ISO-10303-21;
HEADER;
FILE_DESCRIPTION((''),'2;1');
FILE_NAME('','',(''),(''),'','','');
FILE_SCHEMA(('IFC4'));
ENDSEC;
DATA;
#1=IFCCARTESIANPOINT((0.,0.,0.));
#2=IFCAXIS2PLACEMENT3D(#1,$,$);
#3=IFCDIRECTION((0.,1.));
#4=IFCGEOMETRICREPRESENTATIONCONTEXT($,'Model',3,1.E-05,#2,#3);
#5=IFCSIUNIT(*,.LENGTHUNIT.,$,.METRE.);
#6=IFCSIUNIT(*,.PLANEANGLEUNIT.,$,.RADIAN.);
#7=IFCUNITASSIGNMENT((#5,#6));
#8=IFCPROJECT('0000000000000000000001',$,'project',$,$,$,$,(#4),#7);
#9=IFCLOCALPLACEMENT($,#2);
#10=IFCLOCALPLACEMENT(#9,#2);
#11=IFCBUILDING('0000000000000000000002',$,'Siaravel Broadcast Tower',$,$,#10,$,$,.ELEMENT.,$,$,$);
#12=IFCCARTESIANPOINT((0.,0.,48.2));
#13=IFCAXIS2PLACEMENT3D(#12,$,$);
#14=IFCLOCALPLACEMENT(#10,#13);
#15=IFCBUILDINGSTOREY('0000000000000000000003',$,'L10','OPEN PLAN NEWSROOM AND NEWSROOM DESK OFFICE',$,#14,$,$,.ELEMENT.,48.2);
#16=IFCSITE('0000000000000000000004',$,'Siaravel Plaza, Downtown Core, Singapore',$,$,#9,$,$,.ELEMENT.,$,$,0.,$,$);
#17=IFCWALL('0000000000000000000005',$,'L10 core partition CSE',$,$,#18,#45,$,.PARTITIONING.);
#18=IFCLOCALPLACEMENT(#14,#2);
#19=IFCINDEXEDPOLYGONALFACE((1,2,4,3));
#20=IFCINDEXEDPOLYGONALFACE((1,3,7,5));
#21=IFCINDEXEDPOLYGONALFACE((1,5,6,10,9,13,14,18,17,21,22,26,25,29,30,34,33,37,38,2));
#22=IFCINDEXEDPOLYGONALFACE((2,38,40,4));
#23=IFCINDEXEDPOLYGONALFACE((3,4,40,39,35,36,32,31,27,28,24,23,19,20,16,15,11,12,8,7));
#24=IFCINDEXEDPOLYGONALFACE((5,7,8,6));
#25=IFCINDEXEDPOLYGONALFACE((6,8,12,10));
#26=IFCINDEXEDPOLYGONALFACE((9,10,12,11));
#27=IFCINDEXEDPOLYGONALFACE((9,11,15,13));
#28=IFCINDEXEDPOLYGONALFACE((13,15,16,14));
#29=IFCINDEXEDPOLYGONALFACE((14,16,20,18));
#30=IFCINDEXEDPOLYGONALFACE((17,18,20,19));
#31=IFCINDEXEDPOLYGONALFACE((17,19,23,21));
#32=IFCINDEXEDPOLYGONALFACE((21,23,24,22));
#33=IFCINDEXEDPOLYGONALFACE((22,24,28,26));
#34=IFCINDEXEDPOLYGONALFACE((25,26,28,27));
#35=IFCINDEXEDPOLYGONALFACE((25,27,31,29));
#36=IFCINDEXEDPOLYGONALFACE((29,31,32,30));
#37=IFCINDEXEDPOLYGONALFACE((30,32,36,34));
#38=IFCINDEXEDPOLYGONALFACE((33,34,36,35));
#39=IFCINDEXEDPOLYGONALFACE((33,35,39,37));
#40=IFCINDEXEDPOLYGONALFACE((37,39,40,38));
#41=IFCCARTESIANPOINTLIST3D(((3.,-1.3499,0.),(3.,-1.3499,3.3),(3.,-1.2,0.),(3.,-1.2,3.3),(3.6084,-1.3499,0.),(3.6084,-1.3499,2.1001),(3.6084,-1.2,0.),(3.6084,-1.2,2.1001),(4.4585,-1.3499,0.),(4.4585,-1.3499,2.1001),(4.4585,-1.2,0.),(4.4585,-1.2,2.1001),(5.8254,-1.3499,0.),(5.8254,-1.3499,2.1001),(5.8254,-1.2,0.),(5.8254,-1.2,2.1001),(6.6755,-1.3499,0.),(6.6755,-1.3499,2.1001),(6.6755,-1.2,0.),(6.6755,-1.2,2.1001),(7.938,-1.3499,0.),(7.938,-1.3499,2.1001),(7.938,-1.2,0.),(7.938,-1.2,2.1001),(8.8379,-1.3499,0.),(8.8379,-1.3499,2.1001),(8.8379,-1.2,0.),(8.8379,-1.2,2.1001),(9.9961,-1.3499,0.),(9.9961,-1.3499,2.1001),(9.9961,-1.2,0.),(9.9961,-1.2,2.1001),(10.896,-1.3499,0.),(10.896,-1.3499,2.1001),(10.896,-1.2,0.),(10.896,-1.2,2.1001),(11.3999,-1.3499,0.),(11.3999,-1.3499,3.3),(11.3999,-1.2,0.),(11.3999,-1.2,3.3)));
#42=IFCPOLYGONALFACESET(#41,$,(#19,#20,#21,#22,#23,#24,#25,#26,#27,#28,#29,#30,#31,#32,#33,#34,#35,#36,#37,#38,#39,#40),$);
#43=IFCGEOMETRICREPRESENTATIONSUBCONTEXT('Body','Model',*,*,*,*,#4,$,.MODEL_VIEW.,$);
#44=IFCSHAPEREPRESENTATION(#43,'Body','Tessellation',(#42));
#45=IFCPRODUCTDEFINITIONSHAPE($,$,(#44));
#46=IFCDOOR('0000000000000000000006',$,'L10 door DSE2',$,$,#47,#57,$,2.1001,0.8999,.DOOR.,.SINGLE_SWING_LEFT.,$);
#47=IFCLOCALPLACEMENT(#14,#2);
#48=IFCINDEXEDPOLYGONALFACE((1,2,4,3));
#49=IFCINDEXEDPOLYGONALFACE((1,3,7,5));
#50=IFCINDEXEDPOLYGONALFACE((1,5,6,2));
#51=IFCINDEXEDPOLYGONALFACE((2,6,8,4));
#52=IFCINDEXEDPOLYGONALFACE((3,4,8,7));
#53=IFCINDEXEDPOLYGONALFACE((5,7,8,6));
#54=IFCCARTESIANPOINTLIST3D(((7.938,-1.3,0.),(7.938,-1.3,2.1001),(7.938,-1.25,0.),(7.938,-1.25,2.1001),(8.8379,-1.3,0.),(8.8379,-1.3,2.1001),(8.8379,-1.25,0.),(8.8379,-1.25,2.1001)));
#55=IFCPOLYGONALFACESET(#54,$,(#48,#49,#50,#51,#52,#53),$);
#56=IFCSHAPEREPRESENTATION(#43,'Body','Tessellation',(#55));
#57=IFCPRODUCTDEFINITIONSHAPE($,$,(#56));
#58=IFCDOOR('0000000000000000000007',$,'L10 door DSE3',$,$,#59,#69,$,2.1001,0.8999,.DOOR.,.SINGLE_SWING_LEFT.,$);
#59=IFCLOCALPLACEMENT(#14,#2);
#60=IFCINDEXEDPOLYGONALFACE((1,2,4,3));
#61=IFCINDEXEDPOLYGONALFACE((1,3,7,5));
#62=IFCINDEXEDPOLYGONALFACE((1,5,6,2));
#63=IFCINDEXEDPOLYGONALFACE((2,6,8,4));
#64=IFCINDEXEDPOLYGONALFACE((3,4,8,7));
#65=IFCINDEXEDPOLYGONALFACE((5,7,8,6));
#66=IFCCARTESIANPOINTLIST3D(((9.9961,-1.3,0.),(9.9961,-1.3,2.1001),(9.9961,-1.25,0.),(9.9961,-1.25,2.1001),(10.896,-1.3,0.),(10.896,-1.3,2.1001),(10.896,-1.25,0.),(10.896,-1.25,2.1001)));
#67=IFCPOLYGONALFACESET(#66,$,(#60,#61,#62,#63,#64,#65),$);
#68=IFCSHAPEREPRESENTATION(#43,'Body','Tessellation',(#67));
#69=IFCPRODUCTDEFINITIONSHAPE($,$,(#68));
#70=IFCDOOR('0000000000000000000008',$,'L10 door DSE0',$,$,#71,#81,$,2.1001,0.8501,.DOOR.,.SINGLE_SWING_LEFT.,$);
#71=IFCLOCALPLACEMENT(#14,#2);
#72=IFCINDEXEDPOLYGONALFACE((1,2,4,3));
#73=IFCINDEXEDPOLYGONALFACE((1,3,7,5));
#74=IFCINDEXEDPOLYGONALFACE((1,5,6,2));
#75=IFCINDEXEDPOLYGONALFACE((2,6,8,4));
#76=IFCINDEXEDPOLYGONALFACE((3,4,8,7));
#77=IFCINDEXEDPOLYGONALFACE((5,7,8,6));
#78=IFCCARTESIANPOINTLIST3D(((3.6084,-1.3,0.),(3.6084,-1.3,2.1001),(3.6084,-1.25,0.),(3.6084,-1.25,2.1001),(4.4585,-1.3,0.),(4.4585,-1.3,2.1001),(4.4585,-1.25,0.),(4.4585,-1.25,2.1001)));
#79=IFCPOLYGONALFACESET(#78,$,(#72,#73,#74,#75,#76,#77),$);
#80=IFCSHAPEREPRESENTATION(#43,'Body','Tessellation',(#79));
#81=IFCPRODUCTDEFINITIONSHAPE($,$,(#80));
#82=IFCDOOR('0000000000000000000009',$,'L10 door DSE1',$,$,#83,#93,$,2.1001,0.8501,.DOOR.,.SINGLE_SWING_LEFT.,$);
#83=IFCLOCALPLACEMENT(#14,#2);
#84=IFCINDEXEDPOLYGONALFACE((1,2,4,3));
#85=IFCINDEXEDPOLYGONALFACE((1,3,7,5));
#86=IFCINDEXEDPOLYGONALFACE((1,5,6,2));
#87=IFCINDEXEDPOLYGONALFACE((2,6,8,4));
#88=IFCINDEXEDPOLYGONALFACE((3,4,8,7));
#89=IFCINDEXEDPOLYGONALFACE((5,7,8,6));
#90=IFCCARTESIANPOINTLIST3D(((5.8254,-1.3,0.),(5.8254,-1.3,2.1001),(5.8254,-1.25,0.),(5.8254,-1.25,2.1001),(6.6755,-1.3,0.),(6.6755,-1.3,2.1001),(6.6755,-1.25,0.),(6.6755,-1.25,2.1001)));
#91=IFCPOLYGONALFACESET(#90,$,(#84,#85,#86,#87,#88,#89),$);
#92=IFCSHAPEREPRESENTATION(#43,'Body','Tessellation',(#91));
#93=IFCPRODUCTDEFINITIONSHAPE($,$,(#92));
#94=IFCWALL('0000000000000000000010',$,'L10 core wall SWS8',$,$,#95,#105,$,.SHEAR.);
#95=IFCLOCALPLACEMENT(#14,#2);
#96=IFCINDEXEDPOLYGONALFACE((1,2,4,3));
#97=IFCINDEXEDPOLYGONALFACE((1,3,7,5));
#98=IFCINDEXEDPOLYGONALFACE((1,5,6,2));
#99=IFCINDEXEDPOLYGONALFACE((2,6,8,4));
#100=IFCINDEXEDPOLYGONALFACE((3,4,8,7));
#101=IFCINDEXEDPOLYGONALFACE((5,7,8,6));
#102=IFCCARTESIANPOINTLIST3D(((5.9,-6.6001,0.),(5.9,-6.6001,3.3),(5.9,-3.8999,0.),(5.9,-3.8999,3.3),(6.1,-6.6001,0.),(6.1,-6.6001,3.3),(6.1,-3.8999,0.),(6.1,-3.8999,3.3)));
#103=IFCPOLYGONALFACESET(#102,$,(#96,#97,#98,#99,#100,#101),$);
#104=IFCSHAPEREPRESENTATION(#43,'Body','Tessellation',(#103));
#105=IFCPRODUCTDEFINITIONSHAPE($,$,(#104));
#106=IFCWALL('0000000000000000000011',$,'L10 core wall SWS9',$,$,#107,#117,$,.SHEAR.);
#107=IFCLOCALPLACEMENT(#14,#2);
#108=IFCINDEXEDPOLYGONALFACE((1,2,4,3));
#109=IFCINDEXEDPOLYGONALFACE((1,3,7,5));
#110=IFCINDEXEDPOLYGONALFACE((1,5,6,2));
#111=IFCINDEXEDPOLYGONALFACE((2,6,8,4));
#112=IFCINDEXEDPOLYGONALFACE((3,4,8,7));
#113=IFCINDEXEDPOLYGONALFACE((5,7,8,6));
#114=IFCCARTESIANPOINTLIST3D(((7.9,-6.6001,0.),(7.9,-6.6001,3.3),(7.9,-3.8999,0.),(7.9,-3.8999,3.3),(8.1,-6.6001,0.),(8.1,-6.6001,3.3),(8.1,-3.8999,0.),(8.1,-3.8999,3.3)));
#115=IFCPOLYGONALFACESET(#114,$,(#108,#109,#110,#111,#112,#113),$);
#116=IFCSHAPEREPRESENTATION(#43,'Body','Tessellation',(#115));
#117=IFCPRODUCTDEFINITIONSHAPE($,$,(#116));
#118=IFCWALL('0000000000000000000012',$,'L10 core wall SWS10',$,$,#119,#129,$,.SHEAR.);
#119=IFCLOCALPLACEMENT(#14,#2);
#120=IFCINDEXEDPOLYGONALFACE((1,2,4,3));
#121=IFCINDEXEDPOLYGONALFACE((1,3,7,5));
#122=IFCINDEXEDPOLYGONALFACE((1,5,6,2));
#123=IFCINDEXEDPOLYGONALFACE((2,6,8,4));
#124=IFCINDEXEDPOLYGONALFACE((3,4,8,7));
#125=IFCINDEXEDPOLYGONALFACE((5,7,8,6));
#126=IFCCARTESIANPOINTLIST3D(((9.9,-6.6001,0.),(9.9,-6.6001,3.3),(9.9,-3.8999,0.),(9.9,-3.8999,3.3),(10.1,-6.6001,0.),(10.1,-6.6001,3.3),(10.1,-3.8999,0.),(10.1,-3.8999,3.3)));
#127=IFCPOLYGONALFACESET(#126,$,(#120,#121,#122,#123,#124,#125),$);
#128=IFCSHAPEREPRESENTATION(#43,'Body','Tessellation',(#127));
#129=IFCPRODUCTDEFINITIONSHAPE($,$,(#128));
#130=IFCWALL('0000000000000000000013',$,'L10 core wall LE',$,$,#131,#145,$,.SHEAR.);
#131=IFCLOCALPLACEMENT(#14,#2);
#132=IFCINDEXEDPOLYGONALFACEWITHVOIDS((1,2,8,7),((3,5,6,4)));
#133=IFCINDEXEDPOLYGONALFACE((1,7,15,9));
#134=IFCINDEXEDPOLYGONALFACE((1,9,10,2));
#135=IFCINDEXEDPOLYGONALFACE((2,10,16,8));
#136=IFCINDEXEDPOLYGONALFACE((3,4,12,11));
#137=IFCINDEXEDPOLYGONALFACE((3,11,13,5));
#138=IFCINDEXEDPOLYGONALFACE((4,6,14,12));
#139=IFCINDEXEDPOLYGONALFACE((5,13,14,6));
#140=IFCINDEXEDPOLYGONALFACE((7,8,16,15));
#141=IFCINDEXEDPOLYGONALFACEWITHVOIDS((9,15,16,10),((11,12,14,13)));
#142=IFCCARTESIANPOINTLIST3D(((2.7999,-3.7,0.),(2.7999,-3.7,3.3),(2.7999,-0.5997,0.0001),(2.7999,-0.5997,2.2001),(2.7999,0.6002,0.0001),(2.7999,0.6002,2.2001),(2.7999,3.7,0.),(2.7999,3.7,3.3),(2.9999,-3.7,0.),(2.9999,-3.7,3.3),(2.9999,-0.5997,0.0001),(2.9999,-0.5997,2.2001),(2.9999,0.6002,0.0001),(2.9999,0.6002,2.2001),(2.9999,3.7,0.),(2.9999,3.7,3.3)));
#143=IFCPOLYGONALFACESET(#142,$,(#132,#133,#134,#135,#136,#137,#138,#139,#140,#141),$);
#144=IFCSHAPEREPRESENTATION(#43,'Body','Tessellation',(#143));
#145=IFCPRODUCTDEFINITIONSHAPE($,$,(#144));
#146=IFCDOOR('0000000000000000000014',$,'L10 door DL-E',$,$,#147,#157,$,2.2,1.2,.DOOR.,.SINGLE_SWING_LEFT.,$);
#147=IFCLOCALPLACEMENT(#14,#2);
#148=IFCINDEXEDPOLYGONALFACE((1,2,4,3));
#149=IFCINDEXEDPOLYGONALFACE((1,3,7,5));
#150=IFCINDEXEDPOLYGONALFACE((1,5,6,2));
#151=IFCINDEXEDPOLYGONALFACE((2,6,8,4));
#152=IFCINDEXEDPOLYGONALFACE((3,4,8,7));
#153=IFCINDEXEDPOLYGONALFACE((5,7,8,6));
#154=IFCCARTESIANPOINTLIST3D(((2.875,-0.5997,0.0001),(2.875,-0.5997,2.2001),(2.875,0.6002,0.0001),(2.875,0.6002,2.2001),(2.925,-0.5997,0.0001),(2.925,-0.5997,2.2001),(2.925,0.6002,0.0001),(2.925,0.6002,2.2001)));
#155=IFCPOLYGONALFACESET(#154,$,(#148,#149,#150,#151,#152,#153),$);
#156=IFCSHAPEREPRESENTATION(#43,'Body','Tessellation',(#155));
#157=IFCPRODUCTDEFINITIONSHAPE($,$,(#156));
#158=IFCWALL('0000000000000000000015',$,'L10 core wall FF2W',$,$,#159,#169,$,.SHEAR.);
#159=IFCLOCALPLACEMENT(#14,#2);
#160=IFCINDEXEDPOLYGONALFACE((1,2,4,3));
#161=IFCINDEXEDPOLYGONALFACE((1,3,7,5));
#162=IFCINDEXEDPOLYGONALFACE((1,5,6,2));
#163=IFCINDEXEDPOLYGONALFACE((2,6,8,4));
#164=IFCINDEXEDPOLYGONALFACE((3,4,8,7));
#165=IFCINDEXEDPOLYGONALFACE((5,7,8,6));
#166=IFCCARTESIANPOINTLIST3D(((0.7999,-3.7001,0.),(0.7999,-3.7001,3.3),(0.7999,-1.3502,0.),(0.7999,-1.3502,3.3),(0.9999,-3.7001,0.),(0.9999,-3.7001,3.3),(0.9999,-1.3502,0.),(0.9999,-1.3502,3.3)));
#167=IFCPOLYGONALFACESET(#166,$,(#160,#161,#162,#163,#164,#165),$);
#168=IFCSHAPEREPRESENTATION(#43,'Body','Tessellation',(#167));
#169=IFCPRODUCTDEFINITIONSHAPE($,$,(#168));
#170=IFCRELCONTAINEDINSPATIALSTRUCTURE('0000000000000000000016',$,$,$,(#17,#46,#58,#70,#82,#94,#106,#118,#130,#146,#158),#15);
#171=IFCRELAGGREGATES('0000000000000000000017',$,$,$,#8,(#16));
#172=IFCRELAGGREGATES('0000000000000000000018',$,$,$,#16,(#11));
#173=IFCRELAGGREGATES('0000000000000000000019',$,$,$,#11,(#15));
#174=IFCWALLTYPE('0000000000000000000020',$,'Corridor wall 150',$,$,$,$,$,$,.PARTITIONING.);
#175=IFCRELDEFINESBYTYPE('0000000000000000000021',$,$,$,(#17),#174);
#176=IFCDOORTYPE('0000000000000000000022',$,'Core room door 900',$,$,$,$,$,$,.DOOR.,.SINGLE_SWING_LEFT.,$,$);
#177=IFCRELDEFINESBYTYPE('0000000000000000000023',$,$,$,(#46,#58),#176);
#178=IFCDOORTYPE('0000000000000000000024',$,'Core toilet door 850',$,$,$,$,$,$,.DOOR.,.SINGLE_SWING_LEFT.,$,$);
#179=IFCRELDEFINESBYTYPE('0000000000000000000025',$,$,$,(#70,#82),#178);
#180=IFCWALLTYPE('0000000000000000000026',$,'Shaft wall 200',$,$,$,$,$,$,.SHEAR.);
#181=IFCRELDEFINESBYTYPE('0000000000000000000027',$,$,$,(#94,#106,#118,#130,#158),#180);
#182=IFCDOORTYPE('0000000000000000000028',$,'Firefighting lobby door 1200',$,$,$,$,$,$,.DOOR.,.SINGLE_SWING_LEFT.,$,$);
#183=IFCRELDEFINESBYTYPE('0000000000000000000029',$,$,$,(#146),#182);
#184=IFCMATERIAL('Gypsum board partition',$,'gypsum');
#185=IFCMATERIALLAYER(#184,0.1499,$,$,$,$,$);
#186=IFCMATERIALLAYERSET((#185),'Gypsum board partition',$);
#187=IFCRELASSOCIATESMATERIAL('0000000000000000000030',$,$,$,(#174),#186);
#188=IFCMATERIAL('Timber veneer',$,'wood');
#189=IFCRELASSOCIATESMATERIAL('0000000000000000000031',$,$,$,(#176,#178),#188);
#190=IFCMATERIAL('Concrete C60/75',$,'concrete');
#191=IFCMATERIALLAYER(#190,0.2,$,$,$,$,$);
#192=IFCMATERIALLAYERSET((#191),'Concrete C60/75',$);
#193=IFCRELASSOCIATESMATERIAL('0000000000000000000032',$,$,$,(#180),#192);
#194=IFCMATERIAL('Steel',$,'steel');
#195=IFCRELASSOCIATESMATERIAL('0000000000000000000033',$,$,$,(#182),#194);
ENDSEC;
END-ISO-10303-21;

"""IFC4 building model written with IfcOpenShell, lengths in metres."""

from ifc_helpers import new_model, si_unit, direction, frame, frame_2d, origin, place, context, subcontext, project, spatial, rectangle, extrude, material, layer, layer_set, type_object, element, fill, save


model = new_model("IFC4")

# Units and contexts
model_context = context("Model", 3, precision=1e-05, world=origin(), true_north=direction((0.0, 1.0)))
body_context = subcontext(model_context, "Body", "Model", "MODEL_VIEW")
ifc_project = project(units=[si_unit("LENGTHUNIT", "METRE"), si_unit("PLANEANGLEUNIT", "RADIAN")], contexts=[model_context])

# Site, building, storey
site_placement = place(None, origin())
site = spatial("IfcSite", under=ifc_project, at=site_placement, Name="Siaravel Plaza, Downtown Core, Singapore", CompositionType="ELEMENT", RefElevation=0.0)
building_placement = place(site_placement, origin())
building = spatial("IfcBuilding", under=site, at=building_placement, Name="Siaravel Broadcast Tower", CompositionType="ELEMENT")
storey_placement = place(building_placement, frame((0.0, 0.0, 48.2)))
storey = spatial("IfcBuildingStorey", under=building, at=storey_placement, Name="L10", Description="OPEN PLAN NEWSROOM AND NEWSROOM DESK OFFICE", CompositionType="ELEMENT", Elevation=48.2)

# Wall, openings, doors
ifc_material_1 = material(Name="Gypsum board partition", Category="gypsum")
ifc_layer_1 = layer(ifc_material_1, 0.1499)
ifc_layer_set_1 = layer_set([ifc_layer_1], Name="Gypsum board partition")
wall_type_1 = type_object("IfcWallType", Name="Corridor wall 150", PredefinedType="PARTITIONING", material=ifc_layer_set_1)
wall_1_placement = place(storey_placement, frame((3.0, -1.2749, 0.0), z_axis=(0.0, 0.0, 1.0), x_axis=(1.0, 0.0, 0.0)))
wall_1 = element("IfcWall", 1, at=wall_1_placement, inside=storey, type_object=wall_type_1, Name="L10 core partition CSE", PredefinedType="PARTITIONING", context=body_context, shape_type="SweptSolid", body=[
    extrude(rectangle(XDim=8.3999, YDim=0.1499, at=frame_2d((4.2, 0.0))), origin(), (0.0, 0.0, 1.0), 3.3),
])
opening_1_placement = place(wall_1_placement, frame((0.6084, 0.0, 0.0)))
opening_1 = element("IfcOpeningElement", 2, at=opening_1_placement, cuts=wall_1, PredefinedType="OPENING", context=body_context, shape_type="SweptSolid", body=[
    extrude(rectangle(XDim=0.8501, YDim=2.1001, at=frame_2d((0.425, 1.05))), frame((0.0, 0.085, 0.0), z_axis=(0.0, -1.0, 0.0), x_axis=(1.0, 0.0, 0.0)), (0.0, 0.0, 1.0), 0.1699),
])
opening_2_placement = place(wall_1_placement, frame((2.8254, 0.0, 0.0)))
opening_2 = element("IfcOpeningElement", 3, at=opening_2_placement, cuts=wall_1, PredefinedType="OPENING", context=body_context, shape_type="SweptSolid", body=[
    extrude(rectangle(XDim=0.8501, YDim=2.1001, at=frame_2d((0.425, 1.05))), frame((0.0, 0.085, 0.0), z_axis=(0.0, -1.0, 0.0), x_axis=(1.0, 0.0, 0.0)), (0.0, 0.0, 1.0), 0.1699),
])
opening_3_placement = place(wall_1_placement, frame((4.938, 0.0, 0.0)))
opening_3 = element("IfcOpeningElement", 4, at=opening_3_placement, cuts=wall_1, PredefinedType="OPENING", context=body_context, shape_type="SweptSolid", body=[
    extrude(rectangle(XDim=0.8999, YDim=2.1001, at=frame_2d((0.45, 1.05))), frame((0.0, 0.085, 0.0), z_axis=(0.0, -1.0, 0.0), x_axis=(1.0, 0.0, 0.0)), (0.0, 0.0, 1.0), 0.1699),
])
opening_4_placement = place(wall_1_placement, frame((6.9961, 0.0, 0.0)))
opening_4 = element("IfcOpeningElement", 5, at=opening_4_placement, cuts=wall_1, PredefinedType="OPENING", context=body_context, shape_type="SweptSolid", body=[
    extrude(rectangle(XDim=0.8999, YDim=2.1001, at=frame_2d((0.45, 1.05))), frame((0.0, 0.085, 0.0), z_axis=(0.0, -1.0, 0.0), x_axis=(1.0, 0.0, 0.0)), (0.0, 0.0, 1.0), 0.1699),
])
ifc_material_2 = material(Name="Timber veneer", Category="wood")
door_type_1 = type_object("IfcDoorType", Name="Core room door 900", OperationType="SINGLE_SWING_LEFT", PredefinedType="DOOR", material=ifc_material_2)
door_1_placement = place(opening_3_placement, origin())
door_1 = element("IfcDoor", 6, at=door_1_placement, inside=storey, type_object=door_type_1, Name="L10 door DSE2", OperationType="SINGLE_SWING_LEFT", OverallHeight=2.1001, OverallWidth=0.8999, PredefinedType="DOOR", context=body_context, shape_type="SweptSolid", body=[
    extrude(rectangle(XDim=0.8999, YDim=2.1001, at=frame_2d((0.45, 1.05))), frame((0.0, 0.0249, 0.0), z_axis=(0.0, -1.0, 0.0), x_axis=(1.0, 0.0, 0.0)), (0.0, 0.0, 1.0), 0.05),
])
fill(opening_3, door_1)
door_2_placement = place(opening_4_placement, origin())
door_2 = element("IfcDoor", 7, at=door_2_placement, inside=storey, type_object=door_type_1, Name="L10 door DSE3", OperationType="SINGLE_SWING_LEFT", OverallHeight=2.1001, OverallWidth=0.8999, PredefinedType="DOOR", context=body_context, shape_type="SweptSolid", body=[
    extrude(rectangle(XDim=0.8999, YDim=2.1001, at=frame_2d((0.45, 1.05))), frame((0.0, 0.0249, 0.0), z_axis=(0.0, -1.0, 0.0), x_axis=(1.0, 0.0, 0.0)), (0.0, 0.0, 1.0), 0.05),
])
fill(opening_4, door_2)
door_type_2 = type_object("IfcDoorType", Name="Core toilet door 850", OperationType="SINGLE_SWING_LEFT", PredefinedType="DOOR", material=ifc_material_2)
door_3_placement = place(opening_1_placement, origin())
door_3 = element("IfcDoor", 8, at=door_3_placement, inside=storey, type_object=door_type_2, Name="L10 door DSE0", OperationType="SINGLE_SWING_LEFT", OverallHeight=2.1001, OverallWidth=0.8501, PredefinedType="DOOR", context=body_context, shape_type="SweptSolid", body=[
    extrude(rectangle(XDim=0.8501, YDim=2.1001, at=frame_2d((0.425, 1.05))), frame((0.0, 0.0249, 0.0), z_axis=(0.0, -1.0, 0.0), x_axis=(1.0, 0.0, 0.0)), (0.0, 0.0, 1.0), 0.05),
])
fill(opening_1, door_3)
door_4_placement = place(opening_2_placement, origin())
door_4 = element("IfcDoor", 9, at=door_4_placement, inside=storey, type_object=door_type_2, Name="L10 door DSE1", OperationType="SINGLE_SWING_LEFT", OverallHeight=2.1001, OverallWidth=0.8501, PredefinedType="DOOR", context=body_context, shape_type="SweptSolid", body=[
    extrude(rectangle(XDim=0.8501, YDim=2.1001, at=frame_2d((0.425, 1.05))), frame((0.0, 0.0249, 0.0), z_axis=(0.0, -1.0, 0.0), x_axis=(1.0, 0.0, 0.0)), (0.0, 0.0, 1.0), 0.05),
])
fill(opening_2, door_4)

# Walls
ifc_material_3 = material(Name="Concrete C60/75", Category="concrete")
ifc_layer_2 = layer(ifc_material_3, 0.2)
ifc_layer_set_2 = layer_set([ifc_layer_2], Name="Concrete C60/75")
wall_type_2 = type_object("IfcWallType", Name="Shaft wall 200", PredefinedType="SHEAR", material=ifc_layer_set_2)
for number, where, z_axis, x_axis, name in (
    (10, (6.0, -6.6001, 0.0), (0.0, 0.0, 1.0), (0.0, 1.0, 0.0), "L10 core wall SWS8"),
    (11, (8.0, -6.6001, 0.0), (0.0, 0.0, 1.0), (0.0, 1.0, 0.0), "L10 core wall SWS9"),
    (12, (10.0, -6.6001, 0.0), (0.0, 0.0, 1.0), (0.0, 1.0, 0.0), "L10 core wall SWS10"),
):
    element("IfcWall", number, at=place(storey_placement, frame(where, z_axis=z_axis, x_axis=x_axis)), inside=storey, type_object=wall_type_2, Name=name, PredefinedType="SHEAR", context=body_context, shape_type="SweptSolid", body=[
        extrude(rectangle(XDim=2.7002, YDim=0.2, at=frame_2d((1.3501, 0.0))), origin(), (0.0, 0.0, 1.0), 3.3),
    ])

# Wall, opening, door
wall_2_placement = place(storey_placement, frame((2.8999, -3.7, 0.0), z_axis=(0.0, 0.0, 1.0), x_axis=(0.0, 1.0, 0.0)))
wall_2 = element("IfcWall", 13, at=wall_2_placement, inside=storey, type_object=wall_type_2, Name="L10 core wall LE", PredefinedType="SHEAR", context=body_context, shape_type="SweptSolid", body=[
    extrude(rectangle(XDim=7.3999, YDim=0.2, at=frame_2d((3.7, 0.0))), origin(), (0.0, 0.0, 1.0), 3.3),
])
opening_5_placement = place(wall_2_placement, frame((3.1001, 0.0, 0.0)))
opening_5 = element("IfcOpeningElement", 14, at=opening_5_placement, cuts=wall_2, PredefinedType="OPENING", context=body_context, shape_type="SweptSolid", body=[
    extrude(rectangle(XDim=1.2, YDim=2.2, at=frame_2d((0.6001, 1.1001))), frame((0.0, 0.1099, 0.0), z_axis=(0.0, -1.0, 0.0), x_axis=(1.0, 0.0, 0.0)), (0.0, 0.0, 1.0), 0.22),
])
ifc_material_4 = material(Name="Steel", Category="steel")
door_type_3 = type_object("IfcDoorType", Name="Firefighting lobby door 1200", OperationType="SINGLE_SWING_LEFT", PredefinedType="DOOR", material=ifc_material_4)
door_5_placement = place(opening_5_placement, origin())
door_5 = element("IfcDoor", 15, at=door_5_placement, inside=storey, type_object=door_type_3, Name="L10 door DL-E", OperationType="SINGLE_SWING_LEFT", OverallHeight=2.2, OverallWidth=1.2, PredefinedType="DOOR", context=body_context, shape_type="SweptSolid", body=[
    extrude(rectangle(XDim=1.2, YDim=2.2, at=frame_2d((0.6001, 1.1001))), frame((0.0, 0.0249, 0.0), z_axis=(0.0, -1.0, 0.0), x_axis=(1.0, 0.0, 0.0)), (0.0, 0.0, 1.0), 0.05),
])
fill(opening_5, door_5)

# Wall
wall_3_placement = place(storey_placement, frame((0.8999, -3.7, 0.0), z_axis=(0.0, 0.0, 1.0), x_axis=(0.0, 1.0, 0.0)))
element("IfcWall", 16, at=wall_3_placement, inside=storey, type_object=wall_type_2, Name="L10 core wall FF2W", PredefinedType="SHEAR", context=body_context, shape_type="SweptSolid", body=[
    extrude(rectangle(XDim=2.3499, YDim=0.2, at=frame_2d((1.1748, 0.0))), origin(), (0.0, 0.0, 1.0), 3.3),
])

save(model, "model.ifc")
